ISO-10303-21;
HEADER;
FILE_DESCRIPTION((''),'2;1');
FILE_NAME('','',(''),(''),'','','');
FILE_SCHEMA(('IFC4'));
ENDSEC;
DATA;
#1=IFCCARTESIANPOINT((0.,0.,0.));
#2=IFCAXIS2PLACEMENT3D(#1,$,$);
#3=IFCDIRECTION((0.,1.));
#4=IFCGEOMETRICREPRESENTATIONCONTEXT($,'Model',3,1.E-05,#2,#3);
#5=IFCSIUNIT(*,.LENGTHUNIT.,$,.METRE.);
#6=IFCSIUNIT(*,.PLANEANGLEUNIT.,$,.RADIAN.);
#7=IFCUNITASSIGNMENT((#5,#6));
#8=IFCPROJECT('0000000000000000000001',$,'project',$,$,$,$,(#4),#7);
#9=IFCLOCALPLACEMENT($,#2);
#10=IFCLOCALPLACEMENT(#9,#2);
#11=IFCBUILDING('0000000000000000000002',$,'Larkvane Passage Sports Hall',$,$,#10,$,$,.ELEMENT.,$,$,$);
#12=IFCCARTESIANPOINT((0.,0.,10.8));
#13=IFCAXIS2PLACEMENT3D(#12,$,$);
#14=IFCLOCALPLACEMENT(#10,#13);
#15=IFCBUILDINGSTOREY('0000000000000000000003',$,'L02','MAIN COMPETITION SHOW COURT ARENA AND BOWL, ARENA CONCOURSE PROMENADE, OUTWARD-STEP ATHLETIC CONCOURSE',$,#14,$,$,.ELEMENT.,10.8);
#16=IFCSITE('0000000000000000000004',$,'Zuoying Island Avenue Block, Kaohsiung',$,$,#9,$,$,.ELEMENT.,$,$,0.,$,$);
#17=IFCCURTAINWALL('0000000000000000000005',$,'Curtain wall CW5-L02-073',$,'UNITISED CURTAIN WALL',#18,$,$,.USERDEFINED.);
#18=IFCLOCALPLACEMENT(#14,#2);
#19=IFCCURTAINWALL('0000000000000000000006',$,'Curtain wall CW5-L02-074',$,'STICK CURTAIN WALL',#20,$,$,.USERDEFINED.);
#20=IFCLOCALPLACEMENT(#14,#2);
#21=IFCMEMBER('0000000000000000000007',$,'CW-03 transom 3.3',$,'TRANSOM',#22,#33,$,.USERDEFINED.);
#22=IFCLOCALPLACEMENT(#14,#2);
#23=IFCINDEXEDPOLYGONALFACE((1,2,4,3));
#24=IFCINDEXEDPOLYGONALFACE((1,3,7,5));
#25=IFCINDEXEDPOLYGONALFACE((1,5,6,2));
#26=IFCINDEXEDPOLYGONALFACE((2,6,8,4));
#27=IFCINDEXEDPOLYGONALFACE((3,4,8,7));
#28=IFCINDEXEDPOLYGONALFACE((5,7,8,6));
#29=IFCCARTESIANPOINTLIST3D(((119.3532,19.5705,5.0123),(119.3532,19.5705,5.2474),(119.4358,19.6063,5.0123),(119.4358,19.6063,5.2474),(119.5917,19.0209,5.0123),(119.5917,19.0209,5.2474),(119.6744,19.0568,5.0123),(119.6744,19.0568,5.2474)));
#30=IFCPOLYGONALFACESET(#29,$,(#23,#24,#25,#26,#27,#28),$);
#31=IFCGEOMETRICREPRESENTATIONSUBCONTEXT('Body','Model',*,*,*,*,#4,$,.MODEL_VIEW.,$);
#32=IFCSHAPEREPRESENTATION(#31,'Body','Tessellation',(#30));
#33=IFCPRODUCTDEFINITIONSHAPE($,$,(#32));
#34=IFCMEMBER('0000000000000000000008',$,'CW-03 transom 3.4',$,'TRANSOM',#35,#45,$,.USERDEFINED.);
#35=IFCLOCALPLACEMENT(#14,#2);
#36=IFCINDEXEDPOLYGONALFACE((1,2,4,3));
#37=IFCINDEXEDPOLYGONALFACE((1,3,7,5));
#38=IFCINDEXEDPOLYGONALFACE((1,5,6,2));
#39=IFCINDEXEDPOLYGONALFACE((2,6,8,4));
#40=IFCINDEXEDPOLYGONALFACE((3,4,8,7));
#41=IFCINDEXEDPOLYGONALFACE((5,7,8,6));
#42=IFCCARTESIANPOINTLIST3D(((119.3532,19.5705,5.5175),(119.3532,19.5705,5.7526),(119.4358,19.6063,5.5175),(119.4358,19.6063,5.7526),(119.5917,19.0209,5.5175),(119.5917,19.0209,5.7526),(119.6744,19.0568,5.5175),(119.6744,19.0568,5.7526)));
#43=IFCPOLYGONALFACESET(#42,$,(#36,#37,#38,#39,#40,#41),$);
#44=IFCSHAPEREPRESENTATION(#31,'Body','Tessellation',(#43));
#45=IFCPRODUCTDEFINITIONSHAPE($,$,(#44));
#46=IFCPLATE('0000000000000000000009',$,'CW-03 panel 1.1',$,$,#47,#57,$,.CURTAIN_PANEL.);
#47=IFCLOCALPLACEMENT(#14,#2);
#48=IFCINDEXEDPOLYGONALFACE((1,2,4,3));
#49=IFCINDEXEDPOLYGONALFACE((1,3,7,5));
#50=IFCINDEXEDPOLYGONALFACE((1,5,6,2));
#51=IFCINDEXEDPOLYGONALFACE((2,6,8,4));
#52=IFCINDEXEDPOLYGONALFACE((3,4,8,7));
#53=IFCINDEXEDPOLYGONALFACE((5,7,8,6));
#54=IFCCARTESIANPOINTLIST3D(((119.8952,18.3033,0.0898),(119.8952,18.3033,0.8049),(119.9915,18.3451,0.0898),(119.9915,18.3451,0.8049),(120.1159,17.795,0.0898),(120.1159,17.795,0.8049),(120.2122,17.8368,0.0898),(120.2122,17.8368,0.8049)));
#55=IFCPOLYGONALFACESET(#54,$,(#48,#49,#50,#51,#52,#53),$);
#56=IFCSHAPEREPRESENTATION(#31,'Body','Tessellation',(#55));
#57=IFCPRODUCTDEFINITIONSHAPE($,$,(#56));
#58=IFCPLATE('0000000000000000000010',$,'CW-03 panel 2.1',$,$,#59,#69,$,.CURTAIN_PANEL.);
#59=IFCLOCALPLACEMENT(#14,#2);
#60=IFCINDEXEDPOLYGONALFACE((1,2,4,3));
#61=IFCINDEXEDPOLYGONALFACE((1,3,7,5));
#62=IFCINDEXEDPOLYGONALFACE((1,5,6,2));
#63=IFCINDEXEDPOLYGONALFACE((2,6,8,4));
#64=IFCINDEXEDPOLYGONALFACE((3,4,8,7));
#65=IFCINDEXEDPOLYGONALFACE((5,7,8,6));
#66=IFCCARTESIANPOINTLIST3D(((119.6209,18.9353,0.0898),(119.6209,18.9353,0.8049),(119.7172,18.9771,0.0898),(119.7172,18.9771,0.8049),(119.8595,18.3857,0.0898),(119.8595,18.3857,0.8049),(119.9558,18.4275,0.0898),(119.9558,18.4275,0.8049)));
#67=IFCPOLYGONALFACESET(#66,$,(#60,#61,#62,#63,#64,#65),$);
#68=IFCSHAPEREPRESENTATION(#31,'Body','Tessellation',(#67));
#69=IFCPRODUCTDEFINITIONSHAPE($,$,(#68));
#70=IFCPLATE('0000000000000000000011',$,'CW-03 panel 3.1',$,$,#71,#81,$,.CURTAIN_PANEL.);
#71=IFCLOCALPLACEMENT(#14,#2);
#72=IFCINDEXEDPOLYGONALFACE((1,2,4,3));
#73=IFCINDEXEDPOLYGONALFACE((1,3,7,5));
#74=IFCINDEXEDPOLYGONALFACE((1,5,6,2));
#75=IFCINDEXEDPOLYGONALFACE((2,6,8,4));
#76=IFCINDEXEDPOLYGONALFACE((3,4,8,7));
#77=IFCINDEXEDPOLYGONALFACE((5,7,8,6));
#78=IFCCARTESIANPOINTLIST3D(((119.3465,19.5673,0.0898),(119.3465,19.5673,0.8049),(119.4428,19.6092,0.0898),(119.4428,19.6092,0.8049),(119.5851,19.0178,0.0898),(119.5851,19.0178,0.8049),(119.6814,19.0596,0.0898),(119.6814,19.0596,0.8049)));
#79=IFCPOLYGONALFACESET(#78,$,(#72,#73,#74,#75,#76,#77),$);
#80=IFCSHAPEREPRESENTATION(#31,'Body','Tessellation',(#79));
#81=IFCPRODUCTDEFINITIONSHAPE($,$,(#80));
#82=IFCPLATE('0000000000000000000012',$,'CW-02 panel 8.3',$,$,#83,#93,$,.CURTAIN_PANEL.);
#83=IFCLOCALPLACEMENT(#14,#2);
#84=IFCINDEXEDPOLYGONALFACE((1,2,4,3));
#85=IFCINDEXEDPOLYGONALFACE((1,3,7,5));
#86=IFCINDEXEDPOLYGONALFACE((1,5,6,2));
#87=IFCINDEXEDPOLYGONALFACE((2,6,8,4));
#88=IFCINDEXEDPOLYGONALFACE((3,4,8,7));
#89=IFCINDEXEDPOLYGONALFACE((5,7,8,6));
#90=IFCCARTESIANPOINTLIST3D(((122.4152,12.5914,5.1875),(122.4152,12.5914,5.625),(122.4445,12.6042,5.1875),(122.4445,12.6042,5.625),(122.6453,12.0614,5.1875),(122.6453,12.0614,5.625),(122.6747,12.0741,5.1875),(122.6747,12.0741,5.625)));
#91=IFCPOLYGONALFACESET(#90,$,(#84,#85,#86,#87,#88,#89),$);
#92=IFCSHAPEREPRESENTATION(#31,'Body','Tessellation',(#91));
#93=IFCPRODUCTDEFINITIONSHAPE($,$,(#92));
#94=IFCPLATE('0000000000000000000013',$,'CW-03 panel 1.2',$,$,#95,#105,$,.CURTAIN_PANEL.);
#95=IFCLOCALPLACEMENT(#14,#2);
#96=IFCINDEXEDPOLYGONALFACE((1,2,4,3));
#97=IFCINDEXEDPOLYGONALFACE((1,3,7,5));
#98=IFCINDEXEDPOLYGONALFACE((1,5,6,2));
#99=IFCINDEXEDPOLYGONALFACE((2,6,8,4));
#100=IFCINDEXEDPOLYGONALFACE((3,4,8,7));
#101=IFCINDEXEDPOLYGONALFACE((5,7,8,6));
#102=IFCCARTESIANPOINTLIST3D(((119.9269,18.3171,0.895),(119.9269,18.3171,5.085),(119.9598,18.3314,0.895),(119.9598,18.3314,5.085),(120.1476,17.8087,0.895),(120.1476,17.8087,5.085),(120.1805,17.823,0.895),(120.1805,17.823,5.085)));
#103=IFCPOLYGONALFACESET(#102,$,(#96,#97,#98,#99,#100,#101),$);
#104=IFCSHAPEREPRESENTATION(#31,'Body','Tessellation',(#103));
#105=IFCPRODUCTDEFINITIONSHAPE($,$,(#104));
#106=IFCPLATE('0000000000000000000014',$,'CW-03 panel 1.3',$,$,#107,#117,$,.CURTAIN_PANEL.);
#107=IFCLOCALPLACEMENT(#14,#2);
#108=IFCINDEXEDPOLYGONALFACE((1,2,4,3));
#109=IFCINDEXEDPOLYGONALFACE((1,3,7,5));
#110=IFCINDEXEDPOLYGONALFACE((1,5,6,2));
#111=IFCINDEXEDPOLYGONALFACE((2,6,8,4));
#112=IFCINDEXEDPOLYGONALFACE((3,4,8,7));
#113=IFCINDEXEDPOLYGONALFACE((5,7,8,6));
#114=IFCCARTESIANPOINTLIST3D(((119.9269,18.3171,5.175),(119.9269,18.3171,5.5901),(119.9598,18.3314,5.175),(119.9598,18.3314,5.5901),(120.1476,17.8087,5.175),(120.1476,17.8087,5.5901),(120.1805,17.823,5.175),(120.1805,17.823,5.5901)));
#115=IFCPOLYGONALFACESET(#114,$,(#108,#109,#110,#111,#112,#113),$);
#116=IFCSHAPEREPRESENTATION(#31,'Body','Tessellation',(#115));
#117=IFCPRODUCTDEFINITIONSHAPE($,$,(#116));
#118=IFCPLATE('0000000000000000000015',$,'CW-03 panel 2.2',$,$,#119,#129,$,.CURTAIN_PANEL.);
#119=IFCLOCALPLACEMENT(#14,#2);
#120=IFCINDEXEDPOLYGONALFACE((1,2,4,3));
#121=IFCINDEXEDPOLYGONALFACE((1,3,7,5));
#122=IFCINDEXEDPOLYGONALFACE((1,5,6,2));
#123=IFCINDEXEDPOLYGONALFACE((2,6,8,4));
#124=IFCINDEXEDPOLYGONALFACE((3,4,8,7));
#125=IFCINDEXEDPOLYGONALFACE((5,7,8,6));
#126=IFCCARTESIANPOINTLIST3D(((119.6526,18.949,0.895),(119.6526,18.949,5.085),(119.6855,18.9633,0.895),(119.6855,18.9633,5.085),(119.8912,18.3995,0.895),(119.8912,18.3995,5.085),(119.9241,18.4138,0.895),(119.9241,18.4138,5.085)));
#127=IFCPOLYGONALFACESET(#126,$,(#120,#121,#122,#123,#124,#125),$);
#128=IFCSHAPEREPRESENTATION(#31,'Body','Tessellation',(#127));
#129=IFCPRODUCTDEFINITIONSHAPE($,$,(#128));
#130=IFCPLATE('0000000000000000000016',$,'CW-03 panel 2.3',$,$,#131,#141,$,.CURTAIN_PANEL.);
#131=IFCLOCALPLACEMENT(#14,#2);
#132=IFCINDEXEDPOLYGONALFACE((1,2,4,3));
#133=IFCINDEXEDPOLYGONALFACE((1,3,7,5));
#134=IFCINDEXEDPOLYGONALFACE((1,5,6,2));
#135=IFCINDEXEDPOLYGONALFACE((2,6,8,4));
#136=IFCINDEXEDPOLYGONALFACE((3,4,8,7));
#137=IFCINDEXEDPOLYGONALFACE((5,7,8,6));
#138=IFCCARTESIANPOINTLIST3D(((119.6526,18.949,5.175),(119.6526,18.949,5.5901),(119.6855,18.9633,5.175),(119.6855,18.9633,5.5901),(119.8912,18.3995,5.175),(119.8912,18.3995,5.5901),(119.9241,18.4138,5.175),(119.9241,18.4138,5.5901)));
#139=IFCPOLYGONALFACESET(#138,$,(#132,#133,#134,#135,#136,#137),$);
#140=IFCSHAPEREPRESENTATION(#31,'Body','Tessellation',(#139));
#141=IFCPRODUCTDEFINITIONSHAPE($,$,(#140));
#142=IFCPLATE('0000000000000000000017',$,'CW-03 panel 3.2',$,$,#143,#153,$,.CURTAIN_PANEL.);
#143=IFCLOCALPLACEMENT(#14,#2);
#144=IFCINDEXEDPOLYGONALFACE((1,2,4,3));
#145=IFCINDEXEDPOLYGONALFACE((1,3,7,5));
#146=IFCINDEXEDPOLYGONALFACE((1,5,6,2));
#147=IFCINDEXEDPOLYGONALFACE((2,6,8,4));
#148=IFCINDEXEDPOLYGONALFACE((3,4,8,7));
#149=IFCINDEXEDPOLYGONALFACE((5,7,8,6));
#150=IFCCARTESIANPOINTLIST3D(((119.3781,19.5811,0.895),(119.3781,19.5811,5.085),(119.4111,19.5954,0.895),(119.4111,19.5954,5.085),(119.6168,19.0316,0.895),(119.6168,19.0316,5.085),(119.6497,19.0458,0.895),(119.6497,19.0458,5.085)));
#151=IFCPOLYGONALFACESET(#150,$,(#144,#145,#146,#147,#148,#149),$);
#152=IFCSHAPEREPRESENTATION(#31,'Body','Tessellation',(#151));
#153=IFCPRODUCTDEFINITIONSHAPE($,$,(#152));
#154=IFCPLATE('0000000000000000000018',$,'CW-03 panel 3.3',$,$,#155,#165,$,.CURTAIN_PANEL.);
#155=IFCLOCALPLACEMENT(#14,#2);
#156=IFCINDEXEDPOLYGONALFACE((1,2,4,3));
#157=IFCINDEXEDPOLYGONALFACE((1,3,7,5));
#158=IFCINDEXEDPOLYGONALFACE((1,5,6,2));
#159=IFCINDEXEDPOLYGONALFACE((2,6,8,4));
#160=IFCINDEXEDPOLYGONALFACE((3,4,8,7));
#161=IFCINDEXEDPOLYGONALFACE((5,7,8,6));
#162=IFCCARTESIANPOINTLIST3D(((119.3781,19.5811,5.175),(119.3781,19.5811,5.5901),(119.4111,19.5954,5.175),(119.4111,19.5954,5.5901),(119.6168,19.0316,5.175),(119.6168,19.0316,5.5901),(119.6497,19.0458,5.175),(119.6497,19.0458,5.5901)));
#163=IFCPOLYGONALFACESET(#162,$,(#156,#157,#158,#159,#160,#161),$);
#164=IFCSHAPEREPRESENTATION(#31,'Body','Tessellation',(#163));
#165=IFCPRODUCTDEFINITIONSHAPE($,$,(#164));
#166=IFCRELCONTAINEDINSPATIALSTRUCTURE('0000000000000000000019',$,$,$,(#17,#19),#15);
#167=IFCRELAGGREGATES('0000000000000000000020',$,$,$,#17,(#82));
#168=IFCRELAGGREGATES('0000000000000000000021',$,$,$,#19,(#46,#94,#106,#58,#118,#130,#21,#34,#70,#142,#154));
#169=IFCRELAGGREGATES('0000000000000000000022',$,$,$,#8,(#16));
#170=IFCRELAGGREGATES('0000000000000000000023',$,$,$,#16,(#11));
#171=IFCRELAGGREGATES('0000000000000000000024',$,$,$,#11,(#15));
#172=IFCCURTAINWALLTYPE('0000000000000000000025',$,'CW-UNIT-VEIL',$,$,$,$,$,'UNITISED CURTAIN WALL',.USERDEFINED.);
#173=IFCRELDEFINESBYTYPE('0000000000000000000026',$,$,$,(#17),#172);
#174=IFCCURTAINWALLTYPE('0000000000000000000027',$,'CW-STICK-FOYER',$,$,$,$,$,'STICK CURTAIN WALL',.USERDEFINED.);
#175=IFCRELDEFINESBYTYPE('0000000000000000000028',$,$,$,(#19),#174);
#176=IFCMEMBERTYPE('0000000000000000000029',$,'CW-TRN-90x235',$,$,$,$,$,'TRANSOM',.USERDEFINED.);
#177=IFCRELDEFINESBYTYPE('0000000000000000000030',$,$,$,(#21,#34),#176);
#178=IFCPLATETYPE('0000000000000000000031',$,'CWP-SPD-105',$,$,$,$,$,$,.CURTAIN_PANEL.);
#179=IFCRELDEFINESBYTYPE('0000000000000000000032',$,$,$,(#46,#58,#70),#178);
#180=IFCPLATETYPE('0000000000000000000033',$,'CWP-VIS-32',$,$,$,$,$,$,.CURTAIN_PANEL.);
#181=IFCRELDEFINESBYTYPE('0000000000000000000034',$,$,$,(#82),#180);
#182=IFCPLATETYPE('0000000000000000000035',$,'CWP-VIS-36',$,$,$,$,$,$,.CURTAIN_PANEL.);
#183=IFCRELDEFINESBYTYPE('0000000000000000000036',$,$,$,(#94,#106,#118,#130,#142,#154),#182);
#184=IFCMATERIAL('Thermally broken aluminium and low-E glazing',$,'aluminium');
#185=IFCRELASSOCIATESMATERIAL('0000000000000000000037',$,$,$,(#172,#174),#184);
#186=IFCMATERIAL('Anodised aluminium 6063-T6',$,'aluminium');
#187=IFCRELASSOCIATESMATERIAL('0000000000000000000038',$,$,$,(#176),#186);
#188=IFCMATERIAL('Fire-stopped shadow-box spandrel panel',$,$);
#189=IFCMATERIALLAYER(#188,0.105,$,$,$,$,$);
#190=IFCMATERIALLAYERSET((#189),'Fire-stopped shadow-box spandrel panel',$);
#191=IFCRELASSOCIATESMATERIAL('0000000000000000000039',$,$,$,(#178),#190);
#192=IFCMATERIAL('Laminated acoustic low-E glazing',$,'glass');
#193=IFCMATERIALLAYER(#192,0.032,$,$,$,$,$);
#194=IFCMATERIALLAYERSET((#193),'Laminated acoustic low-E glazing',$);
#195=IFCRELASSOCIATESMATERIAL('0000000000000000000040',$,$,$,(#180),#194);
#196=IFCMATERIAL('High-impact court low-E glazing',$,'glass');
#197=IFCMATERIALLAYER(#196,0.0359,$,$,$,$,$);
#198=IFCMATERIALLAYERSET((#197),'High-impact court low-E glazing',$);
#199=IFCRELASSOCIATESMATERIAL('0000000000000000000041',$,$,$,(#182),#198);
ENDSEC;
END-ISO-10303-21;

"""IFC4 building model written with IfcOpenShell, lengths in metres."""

from ifc_helpers import new_model, si_unit, direction, frame, origin, origin_2d, place, context, subcontext, project, spatial, rectangle, extrude, material, layer, layer_set, material_profile, profile_set, type_object, element, aggregate, save


model = new_model("IFC4")

# Units and contexts
model_context = context("Model", 3, precision=1e-05, world=origin(), true_north=direction((0.0, 1.0)))
body_context = subcontext(model_context, "Body", "Model", "MODEL_VIEW")
ifc_project = project(units=[si_unit("LENGTHUNIT", "METRE"), si_unit("PLANEANGLEUNIT", "RADIAN")], contexts=[model_context])

# Site, building, storey
site_placement = place(None, origin())
site = spatial("IfcSite", under=ifc_project, at=site_placement, Name="Zuoying Island Avenue Block, Kaohsiung", CompositionType="ELEMENT", RefElevation=0.0)
building_placement = place(site_placement, origin())
building = spatial("IfcBuilding", under=site, at=building_placement, Name="Larkvane Passage Sports Hall", CompositionType="ELEMENT")
storey_placement = place(building_placement, frame((0.0, 0.0, 10.8)))
storey = spatial("IfcBuildingStorey", under=building, at=storey_placement, Name="L02", Description="MAIN COMPETITION SHOW COURT ARENA AND BOWL, ARENA CONCOURSE PROMENADE, OUTWARD-STEP ATHLETIC CONCOURSE", CompositionType="ELEMENT", Elevation=10.8)

# Curtain wall
ifc_material_1 = material(Name="Thermally broken aluminium and low-E glazing", Category="aluminium")
curtain_wall_type_1 = type_object("IfcCurtainWallType", Name="CW-UNIT-VEIL", ElementType="UNITISED CURTAIN WALL", PredefinedType="USERDEFINED", material=ifc_material_1)
curtain_wall_1_placement = place(storey_placement, origin())
curtain_wall_1 = element("IfcCurtainWall", 1, at=curtain_wall_1_placement, inside=storey, type_object=curtain_wall_type_1, Name="Curtain wall CW5-L02-073", ObjectType="UNITISED CURTAIN WALL", PredefinedType="USERDEFINED")
ifc_material_2 = material(Name="Anodised aluminium 6063-T6", Category="aluminium")

# Curtain wall, members, plates
curtain_wall_type_2 = type_object("IfcCurtainWallType", Name="CW-STICK-FOYER", ElementType="STICK CURTAIN WALL", PredefinedType="USERDEFINED", material=ifc_material_1)
curtain_wall_2_placement = place(storey_placement, origin())
curtain_wall_2 = element("IfcCurtainWall", 2, at=curtain_wall_2_placement, inside=storey, type_object=curtain_wall_type_2, Name="Curtain wall CW5-L02-074", ObjectType="STICK CURTAIN WALL", PredefinedType="USERDEFINED")
ifc_material_profile_1 = material_profile(ifc_material_2, rectangle(XDim=0.0901, YDim=0.2351, at=origin_2d()), Name="ALU-TRN-90x235")
ifc_profile_set_1 = profile_set([ifc_material_profile_1], Name="Anodised aluminium 6063-T6")
member_type_1 = type_object("IfcMemberType", Name="CW-TRN-90x235", ElementType="TRANSOM", PredefinedType="USERDEFINED", material=ifc_profile_set_1)
member_1_placement = place(storey_placement, frame((119.6331, 19.0388, 5.1299), z_axis=(-0.398145, 0.917323, 0.0), x_axis=(-0.917323, -0.398145, 0.0)))
member_1 = element("IfcMember", 3, at=member_1_placement, type_object=member_type_1, Name="CW-03 transom 3.3", ObjectType="TRANSOM", PredefinedType="USERDEFINED", context=body_context, shape_type="SweptSolid", body=[
    extrude(rectangle(XDim=0.0901, YDim=0.2351, at=origin_2d()), origin(), (0.0, 0.0, 1.0), 0.5991),
])
member_2_placement = place(storey_placement, frame((119.6331, 19.0388, 5.635), z_axis=(-0.398145, 0.917323, 0.0), x_axis=(-0.917323, -0.398145, 0.0)))
member_2 = element("IfcMember", 4, at=member_2_placement, type_object=member_type_1, Name="CW-03 transom 3.4", ObjectType="TRANSOM", PredefinedType="USERDEFINED", context=body_context, shape_type="SweptSolid", body=[
    extrude(rectangle(XDim=0.0901, YDim=0.2351, at=origin_2d()), origin(), (0.0, 0.0, 1.0), 0.5991),
])
ifc_material_3 = material(Name="Fire-stopped shadow-box spandrel panel")
ifc_layer_1 = layer(ifc_material_3, 0.105)
ifc_layer_set_1 = layer_set([ifc_layer_1], Name="Fire-stopped shadow-box spandrel panel")
plate_type_1 = type_object("IfcPlateType", Name="CWP-SPD-105", PredefinedType="CURTAIN_PANEL", material=ifc_layer_set_1)
plate_1_placement = place(storey_placement, frame((120.0537, 18.0701, 0.0898), z_axis=(0.0, 0.0, 1.0), x_axis=(-0.398289, 0.91726, 0.0)))
plate_1 = element("IfcPlate", 5, at=plate_1_placement, type_object=plate_type_1, Name="CW-03 panel 1.1", PredefinedType="CURTAIN_PANEL", context=body_context, shape_type="SweptSolid", body=[
    extrude(rectangle(XDim=0.5542, YDim=0.105, at=origin_2d()), origin(), (0.0, 0.0, 1.0), 0.7151),
])
plate_2_placement = place(storey_placement, frame((119.7883, 18.6814, 0.0898), z_axis=(0.0, 0.0, 1.0), x_axis=(-0.398289, 0.91726, 0.0)))
plate_2 = element("IfcPlate", 6, at=plate_2_placement, type_object=plate_type_1, Name="CW-03 panel 2.1", PredefinedType="CURTAIN_PANEL", context=body_context, shape_type="SweptSolid", body=[
    extrude(rectangle(XDim=0.5991, YDim=0.105, at=origin_2d()), origin(), (0.0, 0.0, 1.0), 0.7151),
])
plate_3_placement = place(storey_placement, frame((119.5139, 19.3135, 0.0898), z_axis=(0.0, 0.0, 1.0), x_axis=(-0.398289, 0.91726, 0.0)))
plate_3 = element("IfcPlate", 7, at=plate_3_placement, type_object=plate_type_1, Name="CW-03 panel 3.1", PredefinedType="CURTAIN_PANEL", context=body_context, shape_type="SweptSolid", body=[
    extrude(rectangle(XDim=0.5991, YDim=0.105, at=origin_2d()), origin(), (0.0, 0.0, 1.0), 0.7151),
])

# Plates
ifc_material_4 = material(Name="Laminated acoustic low-E glazing", Category="glass")
ifc_layer_2 = layer(ifc_material_4, 0.032)
ifc_layer_set_2 = layer_set([ifc_layer_2], Name="Laminated acoustic low-E glazing")
plate_type_2 = type_object("IfcPlateType", Name="CWP-VIS-32", PredefinedType="CURTAIN_PANEL", material=ifc_layer_set_2)
plate_4_placement = place(storey_placement, frame((122.5449, 12.3328, 5.1875), z_axis=(0.0, 0.0, 1.0), x_axis=(-0.398283, 0.917263, 0.0)))
plate_4 = element("IfcPlate", 8, at=plate_4_placement, type_object=plate_type_2, Name="CW-02 panel 8.3", PredefinedType="CURTAIN_PANEL", context=body_context, shape_type="SweptSolid", body=[
    extrude(rectangle(XDim=0.5779, YDim=0.032, at=origin_2d()), origin(), (0.0, 0.0, 1.0), 0.4375),
])
aggregate(curtain_wall_1, [plate_4])
ifc_material_5 = material(Name="High-impact court low-E glazing", Category="glass")
ifc_layer_3 = layer(ifc_material_5, 0.0359)
ifc_layer_set_3 = layer_set([ifc_layer_3], Name="High-impact court low-E glazing")
plate_type_3 = type_object("IfcPlateType", Name="CWP-VIS-36", PredefinedType="CURTAIN_PANEL", material=ifc_layer_set_3)
plate_5_placement = place(storey_placement, frame((120.0537, 18.0701, 0.895), z_axis=(0.0, 0.0, 1.0), x_axis=(-0.398289, 0.91726, 0.0)))
plate_5 = element("IfcPlate", 9, at=plate_5_placement, type_object=plate_type_3, Name="CW-03 panel 1.2", PredefinedType="CURTAIN_PANEL", context=body_context, shape_type="SweptSolid", body=[
    extrude(rectangle(XDim=0.5542, YDim=0.0359, at=origin_2d()), origin(), (0.0, 0.0, 1.0), 4.1899),
])
plate_6_placement = place(storey_placement, frame((120.0537, 18.0701, 5.175), z_axis=(0.0, 0.0, 1.0), x_axis=(-0.398289, 0.91726, 0.0)))
plate_6 = element("IfcPlate", 10, at=plate_6_placement, type_object=plate_type_3, Name="CW-03 panel 1.3", PredefinedType="CURTAIN_PANEL", context=body_context, shape_type="SweptSolid", body=[
    extrude(rectangle(XDim=0.5542, YDim=0.0359, at=origin_2d()), origin(), (0.0, 0.0, 1.0), 0.415),
])
plate_7_placement = place(storey_placement, frame((119.7883, 18.6814, 0.895), z_axis=(0.0, 0.0, 1.0), x_axis=(-0.398289, 0.91726, 0.0)))
plate_7 = element("IfcPlate", 11, at=plate_7_placement, type_object=plate_type_3, Name="CW-03 panel 2.2", PredefinedType="CURTAIN_PANEL", context=body_context, shape_type="SweptSolid", body=[
    extrude(rectangle(XDim=0.5991, YDim=0.0359, at=origin_2d()), origin(), (0.0, 0.0, 1.0), 4.1899),
])
plate_8_placement = place(storey_placement, frame((119.7883, 18.6814, 5.175), z_axis=(0.0, 0.0, 1.0), x_axis=(-0.398289, 0.91726, 0.0)))
plate_8 = element("IfcPlate", 12, at=plate_8_placement, type_object=plate_type_3, Name="CW-03 panel 2.3", PredefinedType="CURTAIN_PANEL", context=body_context, shape_type="SweptSolid", body=[
    extrude(rectangle(XDim=0.5991, YDim=0.0359, at=origin_2d()), origin(), (0.0, 0.0, 1.0), 0.415),
])
plate_9_placement = place(storey_placement, frame((119.5139, 19.3135, 0.895), z_axis=(0.0, 0.0, 1.0), x_axis=(-0.398289, 0.91726, 0.0)))
plate_9 = element("IfcPlate", 13, at=plate_9_placement, type_object=plate_type_3, Name="CW-03 panel 3.2", PredefinedType="CURTAIN_PANEL", context=body_context, shape_type="SweptSolid", body=[
    extrude(rectangle(XDim=0.5991, YDim=0.0359, at=origin_2d()), origin(), (0.0, 0.0, 1.0), 4.1899),
])
plate_10_placement = place(storey_placement, frame((119.5139, 19.3135, 5.175), z_axis=(0.0, 0.0, 1.0), x_axis=(-0.398289, 0.91726, 0.0)))
plate_10 = element("IfcPlate", 14, at=plate_10_placement, type_object=plate_type_3, Name="CW-03 panel 3.3", PredefinedType="CURTAIN_PANEL", context=body_context, shape_type="SweptSolid", body=[
    extrude(rectangle(XDim=0.5991, YDim=0.0359, at=origin_2d()), origin(), (0.0, 0.0, 1.0), 0.415),
])
aggregate(curtain_wall_2, [plate_1, plate_5, plate_6, plate_2, plate_7, plate_8, member_1, member_2, plate_3, plate_9, plate_10])

save(model, "model.ifc")
